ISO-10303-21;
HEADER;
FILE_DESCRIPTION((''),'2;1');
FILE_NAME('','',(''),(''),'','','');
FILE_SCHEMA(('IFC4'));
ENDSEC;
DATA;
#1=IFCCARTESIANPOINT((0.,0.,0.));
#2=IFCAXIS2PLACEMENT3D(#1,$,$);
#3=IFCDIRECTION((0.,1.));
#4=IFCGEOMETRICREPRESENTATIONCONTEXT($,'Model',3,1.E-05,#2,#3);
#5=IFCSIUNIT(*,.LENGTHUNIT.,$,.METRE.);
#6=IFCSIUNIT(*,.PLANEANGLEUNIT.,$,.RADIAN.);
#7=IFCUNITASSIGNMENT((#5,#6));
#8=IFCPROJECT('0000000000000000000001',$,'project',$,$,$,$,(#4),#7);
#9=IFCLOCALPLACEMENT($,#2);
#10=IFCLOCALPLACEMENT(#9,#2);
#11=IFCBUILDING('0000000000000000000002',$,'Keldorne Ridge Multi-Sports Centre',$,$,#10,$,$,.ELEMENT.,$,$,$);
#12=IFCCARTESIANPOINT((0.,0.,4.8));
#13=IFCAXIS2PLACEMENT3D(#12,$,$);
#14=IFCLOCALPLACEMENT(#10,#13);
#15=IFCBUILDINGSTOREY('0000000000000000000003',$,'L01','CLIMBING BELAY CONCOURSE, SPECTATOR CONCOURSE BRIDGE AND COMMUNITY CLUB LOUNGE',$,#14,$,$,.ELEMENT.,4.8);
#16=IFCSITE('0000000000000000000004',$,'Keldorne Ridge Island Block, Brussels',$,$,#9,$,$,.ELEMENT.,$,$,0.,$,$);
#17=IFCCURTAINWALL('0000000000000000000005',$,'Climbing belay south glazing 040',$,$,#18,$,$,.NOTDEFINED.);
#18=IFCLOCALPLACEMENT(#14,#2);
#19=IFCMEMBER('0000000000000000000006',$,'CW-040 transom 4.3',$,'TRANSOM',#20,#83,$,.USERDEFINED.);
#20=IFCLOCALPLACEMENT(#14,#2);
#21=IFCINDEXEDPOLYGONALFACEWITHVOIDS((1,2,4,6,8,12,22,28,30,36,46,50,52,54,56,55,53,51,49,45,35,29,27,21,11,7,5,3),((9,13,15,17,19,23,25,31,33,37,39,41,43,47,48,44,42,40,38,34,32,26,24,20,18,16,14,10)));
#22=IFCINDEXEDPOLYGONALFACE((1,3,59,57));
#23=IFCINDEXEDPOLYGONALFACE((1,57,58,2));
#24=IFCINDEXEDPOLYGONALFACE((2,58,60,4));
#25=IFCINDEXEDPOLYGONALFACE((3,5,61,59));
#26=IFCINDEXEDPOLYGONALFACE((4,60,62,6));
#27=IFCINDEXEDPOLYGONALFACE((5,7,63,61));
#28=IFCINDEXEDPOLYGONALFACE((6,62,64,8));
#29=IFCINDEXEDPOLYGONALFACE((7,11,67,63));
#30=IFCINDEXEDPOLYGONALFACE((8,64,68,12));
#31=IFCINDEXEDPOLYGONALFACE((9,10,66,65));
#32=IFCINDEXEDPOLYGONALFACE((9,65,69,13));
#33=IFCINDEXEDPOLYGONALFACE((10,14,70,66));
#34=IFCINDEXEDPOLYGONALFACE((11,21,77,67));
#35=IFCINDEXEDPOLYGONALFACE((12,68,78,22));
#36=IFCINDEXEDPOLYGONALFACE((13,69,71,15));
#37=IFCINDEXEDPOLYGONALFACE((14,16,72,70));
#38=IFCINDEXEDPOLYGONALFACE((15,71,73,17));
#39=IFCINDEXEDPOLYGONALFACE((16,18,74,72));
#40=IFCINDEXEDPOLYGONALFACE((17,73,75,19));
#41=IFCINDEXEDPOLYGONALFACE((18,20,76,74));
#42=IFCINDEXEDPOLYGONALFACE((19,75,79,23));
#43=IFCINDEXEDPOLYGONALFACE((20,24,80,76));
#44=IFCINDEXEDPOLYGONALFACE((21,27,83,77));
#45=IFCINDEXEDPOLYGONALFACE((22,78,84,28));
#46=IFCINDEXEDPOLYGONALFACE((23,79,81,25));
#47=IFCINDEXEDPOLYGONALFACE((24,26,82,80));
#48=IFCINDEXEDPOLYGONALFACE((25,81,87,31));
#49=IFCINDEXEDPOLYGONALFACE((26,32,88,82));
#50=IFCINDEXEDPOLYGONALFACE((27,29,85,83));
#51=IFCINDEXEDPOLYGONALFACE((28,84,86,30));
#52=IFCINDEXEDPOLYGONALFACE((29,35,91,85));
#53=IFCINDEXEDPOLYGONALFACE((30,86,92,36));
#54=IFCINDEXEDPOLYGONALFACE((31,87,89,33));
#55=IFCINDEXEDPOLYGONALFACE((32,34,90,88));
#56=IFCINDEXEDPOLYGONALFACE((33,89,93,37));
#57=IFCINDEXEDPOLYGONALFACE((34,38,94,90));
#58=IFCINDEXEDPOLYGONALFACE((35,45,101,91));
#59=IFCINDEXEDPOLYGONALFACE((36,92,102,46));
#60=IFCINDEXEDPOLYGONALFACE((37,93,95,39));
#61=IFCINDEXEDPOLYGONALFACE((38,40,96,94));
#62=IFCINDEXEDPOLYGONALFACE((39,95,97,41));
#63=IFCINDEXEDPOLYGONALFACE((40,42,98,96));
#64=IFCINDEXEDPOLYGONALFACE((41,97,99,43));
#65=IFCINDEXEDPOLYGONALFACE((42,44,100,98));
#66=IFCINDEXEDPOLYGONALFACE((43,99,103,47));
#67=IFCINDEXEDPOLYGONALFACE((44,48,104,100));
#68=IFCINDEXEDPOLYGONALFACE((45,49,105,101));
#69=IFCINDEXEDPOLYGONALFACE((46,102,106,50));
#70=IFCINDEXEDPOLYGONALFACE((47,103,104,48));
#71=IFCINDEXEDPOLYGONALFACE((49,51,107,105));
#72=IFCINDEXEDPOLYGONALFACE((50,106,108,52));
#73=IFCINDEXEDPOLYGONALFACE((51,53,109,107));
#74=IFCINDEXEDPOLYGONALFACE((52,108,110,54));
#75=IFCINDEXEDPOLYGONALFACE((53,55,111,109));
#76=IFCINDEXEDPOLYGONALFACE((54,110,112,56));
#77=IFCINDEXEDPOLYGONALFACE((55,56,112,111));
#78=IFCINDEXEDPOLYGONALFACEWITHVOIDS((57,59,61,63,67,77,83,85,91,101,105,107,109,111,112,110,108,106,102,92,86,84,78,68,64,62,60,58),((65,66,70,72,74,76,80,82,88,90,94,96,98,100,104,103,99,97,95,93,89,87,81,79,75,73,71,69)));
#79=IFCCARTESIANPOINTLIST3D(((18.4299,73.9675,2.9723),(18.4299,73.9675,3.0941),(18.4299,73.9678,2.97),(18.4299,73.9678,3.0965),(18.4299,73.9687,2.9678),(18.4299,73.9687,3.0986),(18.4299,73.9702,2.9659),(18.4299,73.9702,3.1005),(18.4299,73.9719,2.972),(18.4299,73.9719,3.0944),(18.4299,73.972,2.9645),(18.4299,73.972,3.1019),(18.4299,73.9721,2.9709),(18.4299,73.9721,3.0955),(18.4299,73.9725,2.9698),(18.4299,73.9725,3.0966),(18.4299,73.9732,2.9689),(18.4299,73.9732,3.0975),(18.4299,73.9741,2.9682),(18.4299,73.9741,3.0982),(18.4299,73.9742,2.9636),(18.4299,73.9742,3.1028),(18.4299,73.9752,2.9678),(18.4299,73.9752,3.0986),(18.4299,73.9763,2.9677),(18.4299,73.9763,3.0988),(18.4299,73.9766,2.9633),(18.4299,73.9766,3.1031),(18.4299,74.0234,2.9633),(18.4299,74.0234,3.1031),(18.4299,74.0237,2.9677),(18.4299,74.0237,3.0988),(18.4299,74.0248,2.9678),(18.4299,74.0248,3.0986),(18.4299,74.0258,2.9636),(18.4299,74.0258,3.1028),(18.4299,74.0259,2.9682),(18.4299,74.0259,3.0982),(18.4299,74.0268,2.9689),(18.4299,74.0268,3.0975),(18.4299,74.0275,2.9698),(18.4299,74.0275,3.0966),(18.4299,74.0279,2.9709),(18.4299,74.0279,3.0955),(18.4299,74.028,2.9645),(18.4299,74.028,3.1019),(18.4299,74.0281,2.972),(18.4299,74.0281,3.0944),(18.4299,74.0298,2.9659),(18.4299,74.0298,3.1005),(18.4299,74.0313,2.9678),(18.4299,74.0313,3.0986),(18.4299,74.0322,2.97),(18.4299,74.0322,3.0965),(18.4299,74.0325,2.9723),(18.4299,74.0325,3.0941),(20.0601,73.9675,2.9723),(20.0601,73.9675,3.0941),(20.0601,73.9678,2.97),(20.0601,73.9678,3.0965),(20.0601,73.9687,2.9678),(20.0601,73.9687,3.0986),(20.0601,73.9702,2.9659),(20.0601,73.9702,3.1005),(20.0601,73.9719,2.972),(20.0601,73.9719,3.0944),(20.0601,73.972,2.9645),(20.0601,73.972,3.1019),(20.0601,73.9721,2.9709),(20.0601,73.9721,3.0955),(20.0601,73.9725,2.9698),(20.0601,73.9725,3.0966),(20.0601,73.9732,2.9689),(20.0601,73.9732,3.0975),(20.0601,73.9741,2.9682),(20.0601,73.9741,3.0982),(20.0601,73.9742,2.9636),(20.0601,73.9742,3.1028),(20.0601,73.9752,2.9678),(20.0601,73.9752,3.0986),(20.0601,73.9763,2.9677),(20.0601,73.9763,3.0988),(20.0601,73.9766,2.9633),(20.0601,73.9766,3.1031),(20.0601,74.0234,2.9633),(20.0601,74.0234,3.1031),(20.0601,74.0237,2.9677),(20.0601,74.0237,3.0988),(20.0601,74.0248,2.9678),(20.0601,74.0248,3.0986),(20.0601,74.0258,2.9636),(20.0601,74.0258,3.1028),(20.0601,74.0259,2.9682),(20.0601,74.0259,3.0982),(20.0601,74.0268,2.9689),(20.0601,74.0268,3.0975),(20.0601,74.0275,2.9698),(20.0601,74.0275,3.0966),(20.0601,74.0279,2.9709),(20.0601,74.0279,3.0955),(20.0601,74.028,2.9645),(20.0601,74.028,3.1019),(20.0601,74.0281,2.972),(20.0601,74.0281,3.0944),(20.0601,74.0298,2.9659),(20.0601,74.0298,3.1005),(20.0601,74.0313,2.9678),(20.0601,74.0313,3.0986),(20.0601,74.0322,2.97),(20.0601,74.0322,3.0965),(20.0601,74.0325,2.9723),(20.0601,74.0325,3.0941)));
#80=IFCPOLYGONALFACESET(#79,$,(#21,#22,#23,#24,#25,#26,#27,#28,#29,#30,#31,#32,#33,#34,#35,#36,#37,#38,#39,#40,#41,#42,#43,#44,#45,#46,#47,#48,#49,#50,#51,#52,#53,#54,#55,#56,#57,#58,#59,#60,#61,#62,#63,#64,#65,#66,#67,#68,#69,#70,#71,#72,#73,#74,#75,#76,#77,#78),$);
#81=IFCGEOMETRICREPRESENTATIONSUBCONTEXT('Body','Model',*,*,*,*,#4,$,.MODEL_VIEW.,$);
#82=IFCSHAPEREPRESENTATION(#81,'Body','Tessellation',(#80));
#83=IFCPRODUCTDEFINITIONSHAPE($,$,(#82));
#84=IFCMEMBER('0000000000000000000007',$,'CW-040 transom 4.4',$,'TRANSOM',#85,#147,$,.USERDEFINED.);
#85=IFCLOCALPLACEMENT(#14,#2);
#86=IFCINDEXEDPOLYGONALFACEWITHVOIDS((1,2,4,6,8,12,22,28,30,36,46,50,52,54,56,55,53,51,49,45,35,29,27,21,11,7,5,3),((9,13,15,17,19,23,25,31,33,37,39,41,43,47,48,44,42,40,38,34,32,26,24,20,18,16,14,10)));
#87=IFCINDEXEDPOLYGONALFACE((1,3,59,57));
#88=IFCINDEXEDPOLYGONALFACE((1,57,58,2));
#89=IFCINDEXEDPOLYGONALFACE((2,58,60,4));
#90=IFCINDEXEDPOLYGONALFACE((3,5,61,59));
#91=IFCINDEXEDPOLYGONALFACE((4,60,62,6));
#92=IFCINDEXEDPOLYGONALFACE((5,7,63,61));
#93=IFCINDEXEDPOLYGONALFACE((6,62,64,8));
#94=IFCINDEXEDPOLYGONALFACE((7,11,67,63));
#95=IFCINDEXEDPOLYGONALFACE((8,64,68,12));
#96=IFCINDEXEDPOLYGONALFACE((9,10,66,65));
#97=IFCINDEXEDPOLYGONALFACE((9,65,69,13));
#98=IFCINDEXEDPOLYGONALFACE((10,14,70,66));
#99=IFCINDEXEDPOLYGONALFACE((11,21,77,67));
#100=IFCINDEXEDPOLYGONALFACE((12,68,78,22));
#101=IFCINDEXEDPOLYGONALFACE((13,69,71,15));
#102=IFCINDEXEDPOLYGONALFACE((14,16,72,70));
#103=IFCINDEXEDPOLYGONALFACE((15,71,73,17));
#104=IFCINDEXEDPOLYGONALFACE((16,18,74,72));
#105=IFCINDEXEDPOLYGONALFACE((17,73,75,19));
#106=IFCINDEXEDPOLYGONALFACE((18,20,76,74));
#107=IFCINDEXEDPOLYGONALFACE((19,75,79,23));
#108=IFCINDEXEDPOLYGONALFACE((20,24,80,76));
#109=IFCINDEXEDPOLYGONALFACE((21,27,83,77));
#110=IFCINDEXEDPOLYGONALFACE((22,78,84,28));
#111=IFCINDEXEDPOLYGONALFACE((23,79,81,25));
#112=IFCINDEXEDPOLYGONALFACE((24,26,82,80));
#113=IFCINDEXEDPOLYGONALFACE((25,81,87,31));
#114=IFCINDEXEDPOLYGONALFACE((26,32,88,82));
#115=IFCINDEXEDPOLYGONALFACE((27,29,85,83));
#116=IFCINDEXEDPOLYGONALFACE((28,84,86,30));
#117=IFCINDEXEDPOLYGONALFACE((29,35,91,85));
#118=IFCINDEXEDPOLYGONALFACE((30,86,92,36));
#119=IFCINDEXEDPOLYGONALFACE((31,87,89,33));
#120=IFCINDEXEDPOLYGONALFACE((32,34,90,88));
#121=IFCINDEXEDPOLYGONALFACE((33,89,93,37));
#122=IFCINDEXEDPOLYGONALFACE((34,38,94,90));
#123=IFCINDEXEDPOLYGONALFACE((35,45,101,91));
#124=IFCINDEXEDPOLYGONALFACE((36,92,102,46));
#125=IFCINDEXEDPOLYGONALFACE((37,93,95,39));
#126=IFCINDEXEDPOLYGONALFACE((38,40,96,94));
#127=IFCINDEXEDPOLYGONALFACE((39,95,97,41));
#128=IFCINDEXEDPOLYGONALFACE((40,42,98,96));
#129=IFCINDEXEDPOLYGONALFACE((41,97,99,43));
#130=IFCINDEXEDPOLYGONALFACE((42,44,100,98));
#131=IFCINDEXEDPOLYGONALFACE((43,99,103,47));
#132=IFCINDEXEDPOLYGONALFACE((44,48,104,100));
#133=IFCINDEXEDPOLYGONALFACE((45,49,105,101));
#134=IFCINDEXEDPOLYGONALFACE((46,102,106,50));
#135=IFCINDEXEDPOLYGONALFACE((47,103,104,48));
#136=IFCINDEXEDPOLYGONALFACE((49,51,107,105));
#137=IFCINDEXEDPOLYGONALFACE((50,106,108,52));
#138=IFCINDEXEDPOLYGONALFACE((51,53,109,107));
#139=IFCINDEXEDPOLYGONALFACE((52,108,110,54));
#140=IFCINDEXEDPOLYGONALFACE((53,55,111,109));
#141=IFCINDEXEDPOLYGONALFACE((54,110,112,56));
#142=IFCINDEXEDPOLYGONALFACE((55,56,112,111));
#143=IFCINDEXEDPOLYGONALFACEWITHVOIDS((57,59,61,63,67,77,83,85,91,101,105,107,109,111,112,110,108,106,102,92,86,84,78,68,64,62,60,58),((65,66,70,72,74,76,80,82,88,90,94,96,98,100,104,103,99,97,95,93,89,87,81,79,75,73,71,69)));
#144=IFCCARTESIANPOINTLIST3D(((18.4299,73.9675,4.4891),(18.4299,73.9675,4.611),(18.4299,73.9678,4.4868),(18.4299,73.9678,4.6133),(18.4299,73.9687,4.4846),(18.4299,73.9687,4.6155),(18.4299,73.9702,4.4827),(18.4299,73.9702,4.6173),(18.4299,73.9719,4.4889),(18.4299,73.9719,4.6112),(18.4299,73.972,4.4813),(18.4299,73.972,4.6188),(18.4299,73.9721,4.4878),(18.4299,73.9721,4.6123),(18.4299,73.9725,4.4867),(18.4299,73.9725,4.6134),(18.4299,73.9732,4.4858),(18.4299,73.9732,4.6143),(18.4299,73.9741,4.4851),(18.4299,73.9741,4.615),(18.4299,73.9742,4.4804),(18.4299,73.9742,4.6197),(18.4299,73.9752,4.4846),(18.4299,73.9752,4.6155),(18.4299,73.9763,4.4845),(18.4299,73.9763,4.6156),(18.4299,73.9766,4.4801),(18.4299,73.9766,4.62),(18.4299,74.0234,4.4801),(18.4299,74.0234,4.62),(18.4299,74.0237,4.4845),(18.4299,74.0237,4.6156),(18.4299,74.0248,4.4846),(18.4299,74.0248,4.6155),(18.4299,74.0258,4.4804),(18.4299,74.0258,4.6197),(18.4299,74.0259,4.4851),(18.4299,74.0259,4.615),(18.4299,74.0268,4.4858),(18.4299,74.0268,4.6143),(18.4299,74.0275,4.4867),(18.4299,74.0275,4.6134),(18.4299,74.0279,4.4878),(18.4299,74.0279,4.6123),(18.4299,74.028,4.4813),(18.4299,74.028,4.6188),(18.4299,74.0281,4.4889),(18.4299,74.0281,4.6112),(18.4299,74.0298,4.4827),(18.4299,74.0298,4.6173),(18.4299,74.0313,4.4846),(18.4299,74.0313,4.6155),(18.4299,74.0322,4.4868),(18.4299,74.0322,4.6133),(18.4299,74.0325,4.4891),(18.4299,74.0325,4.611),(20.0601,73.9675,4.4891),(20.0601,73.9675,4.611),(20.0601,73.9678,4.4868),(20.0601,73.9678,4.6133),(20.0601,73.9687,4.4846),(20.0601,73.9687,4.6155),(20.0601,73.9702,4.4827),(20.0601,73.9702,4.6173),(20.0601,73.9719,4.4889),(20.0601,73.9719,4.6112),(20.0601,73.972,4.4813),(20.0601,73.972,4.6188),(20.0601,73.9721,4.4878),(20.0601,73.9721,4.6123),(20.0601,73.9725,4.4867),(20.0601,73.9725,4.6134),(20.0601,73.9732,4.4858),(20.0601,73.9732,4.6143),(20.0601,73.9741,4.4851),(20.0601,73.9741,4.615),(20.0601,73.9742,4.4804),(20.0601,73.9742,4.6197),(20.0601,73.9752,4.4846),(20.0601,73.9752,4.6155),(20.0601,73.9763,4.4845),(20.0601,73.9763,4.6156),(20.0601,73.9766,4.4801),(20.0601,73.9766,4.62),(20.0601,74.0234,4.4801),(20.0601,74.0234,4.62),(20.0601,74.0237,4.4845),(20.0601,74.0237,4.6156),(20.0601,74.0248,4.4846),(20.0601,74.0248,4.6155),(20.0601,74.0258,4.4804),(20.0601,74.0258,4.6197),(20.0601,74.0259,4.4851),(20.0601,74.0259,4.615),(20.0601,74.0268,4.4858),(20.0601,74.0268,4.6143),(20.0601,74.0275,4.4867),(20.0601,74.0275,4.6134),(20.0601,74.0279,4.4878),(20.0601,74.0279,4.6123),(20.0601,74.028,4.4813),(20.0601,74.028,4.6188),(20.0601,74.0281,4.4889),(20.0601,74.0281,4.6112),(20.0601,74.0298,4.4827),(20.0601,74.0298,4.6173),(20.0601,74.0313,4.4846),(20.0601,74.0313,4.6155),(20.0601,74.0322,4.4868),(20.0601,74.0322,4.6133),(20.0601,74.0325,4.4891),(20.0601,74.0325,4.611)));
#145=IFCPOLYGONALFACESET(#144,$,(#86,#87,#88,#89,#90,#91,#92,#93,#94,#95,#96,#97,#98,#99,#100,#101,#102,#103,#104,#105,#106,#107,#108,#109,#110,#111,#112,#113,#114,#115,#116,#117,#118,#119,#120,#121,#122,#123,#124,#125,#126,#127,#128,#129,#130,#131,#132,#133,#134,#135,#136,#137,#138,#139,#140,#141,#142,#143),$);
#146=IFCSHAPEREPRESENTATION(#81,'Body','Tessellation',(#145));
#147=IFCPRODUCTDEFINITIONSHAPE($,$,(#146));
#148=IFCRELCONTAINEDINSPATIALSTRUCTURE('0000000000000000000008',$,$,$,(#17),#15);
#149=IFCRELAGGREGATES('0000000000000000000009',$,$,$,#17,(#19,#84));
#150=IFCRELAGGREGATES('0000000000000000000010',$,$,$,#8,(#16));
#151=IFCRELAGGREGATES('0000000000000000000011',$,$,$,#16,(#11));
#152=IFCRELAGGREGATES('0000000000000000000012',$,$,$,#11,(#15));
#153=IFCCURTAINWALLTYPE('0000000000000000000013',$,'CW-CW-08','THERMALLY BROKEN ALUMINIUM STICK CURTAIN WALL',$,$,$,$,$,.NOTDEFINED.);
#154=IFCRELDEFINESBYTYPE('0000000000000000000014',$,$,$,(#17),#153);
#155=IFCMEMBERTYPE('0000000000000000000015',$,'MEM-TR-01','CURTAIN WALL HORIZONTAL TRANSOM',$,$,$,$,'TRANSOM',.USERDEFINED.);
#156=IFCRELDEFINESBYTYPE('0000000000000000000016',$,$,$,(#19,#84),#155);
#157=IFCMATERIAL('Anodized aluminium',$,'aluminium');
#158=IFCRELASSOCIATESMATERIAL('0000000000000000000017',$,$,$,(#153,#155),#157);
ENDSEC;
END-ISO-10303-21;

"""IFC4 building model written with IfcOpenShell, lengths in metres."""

from ifc_helpers import new_model, si_unit, direction, frame, origin, origin_2d, place, context, subcontext, project, spatial, hollow_rectangle, extrude, material, material_profile, profile_set, type_object, element, aggregate, save


model = new_model("IFC4")

# Units and contexts
model_context = context("Model", 3, precision=1e-05, world=origin(), true_north=direction((0.0, 1.0)))
body_context = subcontext(model_context, "Body", "Model", "MODEL_VIEW")
ifc_project = project(units=[si_unit("LENGTHUNIT", "METRE"), si_unit("PLANEANGLEUNIT", "RADIAN")], contexts=[model_context])

# Site, building, storey
site_placement = place(None, origin())
site = spatial("IfcSite", under=ifc_project, at=site_placement, Name="Keldorne Ridge Island Block, Brussels", CompositionType="ELEMENT", RefElevation=0.0)
building_placement = place(site_placement, origin())
building = spatial("IfcBuilding", under=site, at=building_placement, Name="Keldorne Ridge Multi-Sports Centre", CompositionType="ELEMENT")
storey_placement = place(building_placement, frame((0.0, 0.0, 4.8)))
storey = spatial("IfcBuildingStorey", under=building, at=storey_placement, Name="L01", Description="CLIMBING BELAY CONCOURSE, SPECTATOR CONCOURSE BRIDGE AND COMMUNITY CLUB LOUNGE", CompositionType="ELEMENT", Elevation=4.8)

# Curtain wall
ifc_material_1 = material(Name="Anodized aluminium", Category="aluminium")
curtain_wall_type_1 = type_object("IfcCurtainWallType", Name="CW-CW-08", Description="THERMALLY BROKEN ALUMINIUM STICK CURTAIN WALL", PredefinedType="NOTDEFINED", material=ifc_material_1)
curtain_wall_1_placement = place(storey_placement, origin())
curtain_wall_1 = element("IfcCurtainWall", 1, at=curtain_wall_1_placement, inside=storey, type_object=curtain_wall_type_1, Name="Climbing belay south glazing 040", PredefinedType="NOTDEFINED")

# Members
ifc_material_profile_1 = material_profile(ifc_material_1, hollow_rectangle(XDim=0.0649, YDim=0.1399, WallThickness=0.0044, InnerFilletRadius=0.0044, OuterFilletRadius=0.009, at=origin_2d()), Name="ALU TRANSOM 140x65x4.5")
ifc_profile_set_1 = profile_set([ifc_material_profile_1], Name="Anodized aluminium")
member_type_1 = type_object("IfcMemberType", Name="MEM-TR-01", Description="CURTAIN WALL HORIZONTAL TRANSOM", ElementType="TRANSOM", PredefinedType="USERDEFINED", material=ifc_profile_set_1)
member_1_placement = place(storey_placement, frame((18.4299, 74.0, 3.0332), z_axis=(1.0, 0.0, 0.0), x_axis=(0.0, 1.0, 0.0)))
member_1 = element("IfcMember", 2, at=member_1_placement, type_object=member_type_1, Name="CW-040 transom 4.3", ObjectType="TRANSOM", PredefinedType="USERDEFINED", context=body_context, shape_type="SweptSolid", body=[
    extrude(hollow_rectangle(XDim=0.0649, YDim=0.1399, WallThickness=0.0044, InnerFilletRadius=0.0044, OuterFilletRadius=0.009, at=origin_2d()), origin(), (0.0, 0.0, 1.0), 1.6301),
])
member_2_placement = place(storey_placement, frame((18.4299, 74.0, 4.55), z_axis=(1.0, 0.0, 0.0), x_axis=(0.0, 1.0, 0.0)))
member_2 = element("IfcMember", 3, at=member_2_placement, type_object=member_type_1, Name="CW-040 transom 4.4", ObjectType="TRANSOM", PredefinedType="USERDEFINED", context=body_context, shape_type="SweptSolid", body=[
    extrude(hollow_rectangle(XDim=0.0649, YDim=0.1399, WallThickness=0.0044, InnerFilletRadius=0.0044, OuterFilletRadius=0.009, at=origin_2d()), origin(), (0.0, 0.0, 1.0), 1.6301),
])

aggregate(curtain_wall_1, [member_1, member_2])

save(model, "model.ifc")
